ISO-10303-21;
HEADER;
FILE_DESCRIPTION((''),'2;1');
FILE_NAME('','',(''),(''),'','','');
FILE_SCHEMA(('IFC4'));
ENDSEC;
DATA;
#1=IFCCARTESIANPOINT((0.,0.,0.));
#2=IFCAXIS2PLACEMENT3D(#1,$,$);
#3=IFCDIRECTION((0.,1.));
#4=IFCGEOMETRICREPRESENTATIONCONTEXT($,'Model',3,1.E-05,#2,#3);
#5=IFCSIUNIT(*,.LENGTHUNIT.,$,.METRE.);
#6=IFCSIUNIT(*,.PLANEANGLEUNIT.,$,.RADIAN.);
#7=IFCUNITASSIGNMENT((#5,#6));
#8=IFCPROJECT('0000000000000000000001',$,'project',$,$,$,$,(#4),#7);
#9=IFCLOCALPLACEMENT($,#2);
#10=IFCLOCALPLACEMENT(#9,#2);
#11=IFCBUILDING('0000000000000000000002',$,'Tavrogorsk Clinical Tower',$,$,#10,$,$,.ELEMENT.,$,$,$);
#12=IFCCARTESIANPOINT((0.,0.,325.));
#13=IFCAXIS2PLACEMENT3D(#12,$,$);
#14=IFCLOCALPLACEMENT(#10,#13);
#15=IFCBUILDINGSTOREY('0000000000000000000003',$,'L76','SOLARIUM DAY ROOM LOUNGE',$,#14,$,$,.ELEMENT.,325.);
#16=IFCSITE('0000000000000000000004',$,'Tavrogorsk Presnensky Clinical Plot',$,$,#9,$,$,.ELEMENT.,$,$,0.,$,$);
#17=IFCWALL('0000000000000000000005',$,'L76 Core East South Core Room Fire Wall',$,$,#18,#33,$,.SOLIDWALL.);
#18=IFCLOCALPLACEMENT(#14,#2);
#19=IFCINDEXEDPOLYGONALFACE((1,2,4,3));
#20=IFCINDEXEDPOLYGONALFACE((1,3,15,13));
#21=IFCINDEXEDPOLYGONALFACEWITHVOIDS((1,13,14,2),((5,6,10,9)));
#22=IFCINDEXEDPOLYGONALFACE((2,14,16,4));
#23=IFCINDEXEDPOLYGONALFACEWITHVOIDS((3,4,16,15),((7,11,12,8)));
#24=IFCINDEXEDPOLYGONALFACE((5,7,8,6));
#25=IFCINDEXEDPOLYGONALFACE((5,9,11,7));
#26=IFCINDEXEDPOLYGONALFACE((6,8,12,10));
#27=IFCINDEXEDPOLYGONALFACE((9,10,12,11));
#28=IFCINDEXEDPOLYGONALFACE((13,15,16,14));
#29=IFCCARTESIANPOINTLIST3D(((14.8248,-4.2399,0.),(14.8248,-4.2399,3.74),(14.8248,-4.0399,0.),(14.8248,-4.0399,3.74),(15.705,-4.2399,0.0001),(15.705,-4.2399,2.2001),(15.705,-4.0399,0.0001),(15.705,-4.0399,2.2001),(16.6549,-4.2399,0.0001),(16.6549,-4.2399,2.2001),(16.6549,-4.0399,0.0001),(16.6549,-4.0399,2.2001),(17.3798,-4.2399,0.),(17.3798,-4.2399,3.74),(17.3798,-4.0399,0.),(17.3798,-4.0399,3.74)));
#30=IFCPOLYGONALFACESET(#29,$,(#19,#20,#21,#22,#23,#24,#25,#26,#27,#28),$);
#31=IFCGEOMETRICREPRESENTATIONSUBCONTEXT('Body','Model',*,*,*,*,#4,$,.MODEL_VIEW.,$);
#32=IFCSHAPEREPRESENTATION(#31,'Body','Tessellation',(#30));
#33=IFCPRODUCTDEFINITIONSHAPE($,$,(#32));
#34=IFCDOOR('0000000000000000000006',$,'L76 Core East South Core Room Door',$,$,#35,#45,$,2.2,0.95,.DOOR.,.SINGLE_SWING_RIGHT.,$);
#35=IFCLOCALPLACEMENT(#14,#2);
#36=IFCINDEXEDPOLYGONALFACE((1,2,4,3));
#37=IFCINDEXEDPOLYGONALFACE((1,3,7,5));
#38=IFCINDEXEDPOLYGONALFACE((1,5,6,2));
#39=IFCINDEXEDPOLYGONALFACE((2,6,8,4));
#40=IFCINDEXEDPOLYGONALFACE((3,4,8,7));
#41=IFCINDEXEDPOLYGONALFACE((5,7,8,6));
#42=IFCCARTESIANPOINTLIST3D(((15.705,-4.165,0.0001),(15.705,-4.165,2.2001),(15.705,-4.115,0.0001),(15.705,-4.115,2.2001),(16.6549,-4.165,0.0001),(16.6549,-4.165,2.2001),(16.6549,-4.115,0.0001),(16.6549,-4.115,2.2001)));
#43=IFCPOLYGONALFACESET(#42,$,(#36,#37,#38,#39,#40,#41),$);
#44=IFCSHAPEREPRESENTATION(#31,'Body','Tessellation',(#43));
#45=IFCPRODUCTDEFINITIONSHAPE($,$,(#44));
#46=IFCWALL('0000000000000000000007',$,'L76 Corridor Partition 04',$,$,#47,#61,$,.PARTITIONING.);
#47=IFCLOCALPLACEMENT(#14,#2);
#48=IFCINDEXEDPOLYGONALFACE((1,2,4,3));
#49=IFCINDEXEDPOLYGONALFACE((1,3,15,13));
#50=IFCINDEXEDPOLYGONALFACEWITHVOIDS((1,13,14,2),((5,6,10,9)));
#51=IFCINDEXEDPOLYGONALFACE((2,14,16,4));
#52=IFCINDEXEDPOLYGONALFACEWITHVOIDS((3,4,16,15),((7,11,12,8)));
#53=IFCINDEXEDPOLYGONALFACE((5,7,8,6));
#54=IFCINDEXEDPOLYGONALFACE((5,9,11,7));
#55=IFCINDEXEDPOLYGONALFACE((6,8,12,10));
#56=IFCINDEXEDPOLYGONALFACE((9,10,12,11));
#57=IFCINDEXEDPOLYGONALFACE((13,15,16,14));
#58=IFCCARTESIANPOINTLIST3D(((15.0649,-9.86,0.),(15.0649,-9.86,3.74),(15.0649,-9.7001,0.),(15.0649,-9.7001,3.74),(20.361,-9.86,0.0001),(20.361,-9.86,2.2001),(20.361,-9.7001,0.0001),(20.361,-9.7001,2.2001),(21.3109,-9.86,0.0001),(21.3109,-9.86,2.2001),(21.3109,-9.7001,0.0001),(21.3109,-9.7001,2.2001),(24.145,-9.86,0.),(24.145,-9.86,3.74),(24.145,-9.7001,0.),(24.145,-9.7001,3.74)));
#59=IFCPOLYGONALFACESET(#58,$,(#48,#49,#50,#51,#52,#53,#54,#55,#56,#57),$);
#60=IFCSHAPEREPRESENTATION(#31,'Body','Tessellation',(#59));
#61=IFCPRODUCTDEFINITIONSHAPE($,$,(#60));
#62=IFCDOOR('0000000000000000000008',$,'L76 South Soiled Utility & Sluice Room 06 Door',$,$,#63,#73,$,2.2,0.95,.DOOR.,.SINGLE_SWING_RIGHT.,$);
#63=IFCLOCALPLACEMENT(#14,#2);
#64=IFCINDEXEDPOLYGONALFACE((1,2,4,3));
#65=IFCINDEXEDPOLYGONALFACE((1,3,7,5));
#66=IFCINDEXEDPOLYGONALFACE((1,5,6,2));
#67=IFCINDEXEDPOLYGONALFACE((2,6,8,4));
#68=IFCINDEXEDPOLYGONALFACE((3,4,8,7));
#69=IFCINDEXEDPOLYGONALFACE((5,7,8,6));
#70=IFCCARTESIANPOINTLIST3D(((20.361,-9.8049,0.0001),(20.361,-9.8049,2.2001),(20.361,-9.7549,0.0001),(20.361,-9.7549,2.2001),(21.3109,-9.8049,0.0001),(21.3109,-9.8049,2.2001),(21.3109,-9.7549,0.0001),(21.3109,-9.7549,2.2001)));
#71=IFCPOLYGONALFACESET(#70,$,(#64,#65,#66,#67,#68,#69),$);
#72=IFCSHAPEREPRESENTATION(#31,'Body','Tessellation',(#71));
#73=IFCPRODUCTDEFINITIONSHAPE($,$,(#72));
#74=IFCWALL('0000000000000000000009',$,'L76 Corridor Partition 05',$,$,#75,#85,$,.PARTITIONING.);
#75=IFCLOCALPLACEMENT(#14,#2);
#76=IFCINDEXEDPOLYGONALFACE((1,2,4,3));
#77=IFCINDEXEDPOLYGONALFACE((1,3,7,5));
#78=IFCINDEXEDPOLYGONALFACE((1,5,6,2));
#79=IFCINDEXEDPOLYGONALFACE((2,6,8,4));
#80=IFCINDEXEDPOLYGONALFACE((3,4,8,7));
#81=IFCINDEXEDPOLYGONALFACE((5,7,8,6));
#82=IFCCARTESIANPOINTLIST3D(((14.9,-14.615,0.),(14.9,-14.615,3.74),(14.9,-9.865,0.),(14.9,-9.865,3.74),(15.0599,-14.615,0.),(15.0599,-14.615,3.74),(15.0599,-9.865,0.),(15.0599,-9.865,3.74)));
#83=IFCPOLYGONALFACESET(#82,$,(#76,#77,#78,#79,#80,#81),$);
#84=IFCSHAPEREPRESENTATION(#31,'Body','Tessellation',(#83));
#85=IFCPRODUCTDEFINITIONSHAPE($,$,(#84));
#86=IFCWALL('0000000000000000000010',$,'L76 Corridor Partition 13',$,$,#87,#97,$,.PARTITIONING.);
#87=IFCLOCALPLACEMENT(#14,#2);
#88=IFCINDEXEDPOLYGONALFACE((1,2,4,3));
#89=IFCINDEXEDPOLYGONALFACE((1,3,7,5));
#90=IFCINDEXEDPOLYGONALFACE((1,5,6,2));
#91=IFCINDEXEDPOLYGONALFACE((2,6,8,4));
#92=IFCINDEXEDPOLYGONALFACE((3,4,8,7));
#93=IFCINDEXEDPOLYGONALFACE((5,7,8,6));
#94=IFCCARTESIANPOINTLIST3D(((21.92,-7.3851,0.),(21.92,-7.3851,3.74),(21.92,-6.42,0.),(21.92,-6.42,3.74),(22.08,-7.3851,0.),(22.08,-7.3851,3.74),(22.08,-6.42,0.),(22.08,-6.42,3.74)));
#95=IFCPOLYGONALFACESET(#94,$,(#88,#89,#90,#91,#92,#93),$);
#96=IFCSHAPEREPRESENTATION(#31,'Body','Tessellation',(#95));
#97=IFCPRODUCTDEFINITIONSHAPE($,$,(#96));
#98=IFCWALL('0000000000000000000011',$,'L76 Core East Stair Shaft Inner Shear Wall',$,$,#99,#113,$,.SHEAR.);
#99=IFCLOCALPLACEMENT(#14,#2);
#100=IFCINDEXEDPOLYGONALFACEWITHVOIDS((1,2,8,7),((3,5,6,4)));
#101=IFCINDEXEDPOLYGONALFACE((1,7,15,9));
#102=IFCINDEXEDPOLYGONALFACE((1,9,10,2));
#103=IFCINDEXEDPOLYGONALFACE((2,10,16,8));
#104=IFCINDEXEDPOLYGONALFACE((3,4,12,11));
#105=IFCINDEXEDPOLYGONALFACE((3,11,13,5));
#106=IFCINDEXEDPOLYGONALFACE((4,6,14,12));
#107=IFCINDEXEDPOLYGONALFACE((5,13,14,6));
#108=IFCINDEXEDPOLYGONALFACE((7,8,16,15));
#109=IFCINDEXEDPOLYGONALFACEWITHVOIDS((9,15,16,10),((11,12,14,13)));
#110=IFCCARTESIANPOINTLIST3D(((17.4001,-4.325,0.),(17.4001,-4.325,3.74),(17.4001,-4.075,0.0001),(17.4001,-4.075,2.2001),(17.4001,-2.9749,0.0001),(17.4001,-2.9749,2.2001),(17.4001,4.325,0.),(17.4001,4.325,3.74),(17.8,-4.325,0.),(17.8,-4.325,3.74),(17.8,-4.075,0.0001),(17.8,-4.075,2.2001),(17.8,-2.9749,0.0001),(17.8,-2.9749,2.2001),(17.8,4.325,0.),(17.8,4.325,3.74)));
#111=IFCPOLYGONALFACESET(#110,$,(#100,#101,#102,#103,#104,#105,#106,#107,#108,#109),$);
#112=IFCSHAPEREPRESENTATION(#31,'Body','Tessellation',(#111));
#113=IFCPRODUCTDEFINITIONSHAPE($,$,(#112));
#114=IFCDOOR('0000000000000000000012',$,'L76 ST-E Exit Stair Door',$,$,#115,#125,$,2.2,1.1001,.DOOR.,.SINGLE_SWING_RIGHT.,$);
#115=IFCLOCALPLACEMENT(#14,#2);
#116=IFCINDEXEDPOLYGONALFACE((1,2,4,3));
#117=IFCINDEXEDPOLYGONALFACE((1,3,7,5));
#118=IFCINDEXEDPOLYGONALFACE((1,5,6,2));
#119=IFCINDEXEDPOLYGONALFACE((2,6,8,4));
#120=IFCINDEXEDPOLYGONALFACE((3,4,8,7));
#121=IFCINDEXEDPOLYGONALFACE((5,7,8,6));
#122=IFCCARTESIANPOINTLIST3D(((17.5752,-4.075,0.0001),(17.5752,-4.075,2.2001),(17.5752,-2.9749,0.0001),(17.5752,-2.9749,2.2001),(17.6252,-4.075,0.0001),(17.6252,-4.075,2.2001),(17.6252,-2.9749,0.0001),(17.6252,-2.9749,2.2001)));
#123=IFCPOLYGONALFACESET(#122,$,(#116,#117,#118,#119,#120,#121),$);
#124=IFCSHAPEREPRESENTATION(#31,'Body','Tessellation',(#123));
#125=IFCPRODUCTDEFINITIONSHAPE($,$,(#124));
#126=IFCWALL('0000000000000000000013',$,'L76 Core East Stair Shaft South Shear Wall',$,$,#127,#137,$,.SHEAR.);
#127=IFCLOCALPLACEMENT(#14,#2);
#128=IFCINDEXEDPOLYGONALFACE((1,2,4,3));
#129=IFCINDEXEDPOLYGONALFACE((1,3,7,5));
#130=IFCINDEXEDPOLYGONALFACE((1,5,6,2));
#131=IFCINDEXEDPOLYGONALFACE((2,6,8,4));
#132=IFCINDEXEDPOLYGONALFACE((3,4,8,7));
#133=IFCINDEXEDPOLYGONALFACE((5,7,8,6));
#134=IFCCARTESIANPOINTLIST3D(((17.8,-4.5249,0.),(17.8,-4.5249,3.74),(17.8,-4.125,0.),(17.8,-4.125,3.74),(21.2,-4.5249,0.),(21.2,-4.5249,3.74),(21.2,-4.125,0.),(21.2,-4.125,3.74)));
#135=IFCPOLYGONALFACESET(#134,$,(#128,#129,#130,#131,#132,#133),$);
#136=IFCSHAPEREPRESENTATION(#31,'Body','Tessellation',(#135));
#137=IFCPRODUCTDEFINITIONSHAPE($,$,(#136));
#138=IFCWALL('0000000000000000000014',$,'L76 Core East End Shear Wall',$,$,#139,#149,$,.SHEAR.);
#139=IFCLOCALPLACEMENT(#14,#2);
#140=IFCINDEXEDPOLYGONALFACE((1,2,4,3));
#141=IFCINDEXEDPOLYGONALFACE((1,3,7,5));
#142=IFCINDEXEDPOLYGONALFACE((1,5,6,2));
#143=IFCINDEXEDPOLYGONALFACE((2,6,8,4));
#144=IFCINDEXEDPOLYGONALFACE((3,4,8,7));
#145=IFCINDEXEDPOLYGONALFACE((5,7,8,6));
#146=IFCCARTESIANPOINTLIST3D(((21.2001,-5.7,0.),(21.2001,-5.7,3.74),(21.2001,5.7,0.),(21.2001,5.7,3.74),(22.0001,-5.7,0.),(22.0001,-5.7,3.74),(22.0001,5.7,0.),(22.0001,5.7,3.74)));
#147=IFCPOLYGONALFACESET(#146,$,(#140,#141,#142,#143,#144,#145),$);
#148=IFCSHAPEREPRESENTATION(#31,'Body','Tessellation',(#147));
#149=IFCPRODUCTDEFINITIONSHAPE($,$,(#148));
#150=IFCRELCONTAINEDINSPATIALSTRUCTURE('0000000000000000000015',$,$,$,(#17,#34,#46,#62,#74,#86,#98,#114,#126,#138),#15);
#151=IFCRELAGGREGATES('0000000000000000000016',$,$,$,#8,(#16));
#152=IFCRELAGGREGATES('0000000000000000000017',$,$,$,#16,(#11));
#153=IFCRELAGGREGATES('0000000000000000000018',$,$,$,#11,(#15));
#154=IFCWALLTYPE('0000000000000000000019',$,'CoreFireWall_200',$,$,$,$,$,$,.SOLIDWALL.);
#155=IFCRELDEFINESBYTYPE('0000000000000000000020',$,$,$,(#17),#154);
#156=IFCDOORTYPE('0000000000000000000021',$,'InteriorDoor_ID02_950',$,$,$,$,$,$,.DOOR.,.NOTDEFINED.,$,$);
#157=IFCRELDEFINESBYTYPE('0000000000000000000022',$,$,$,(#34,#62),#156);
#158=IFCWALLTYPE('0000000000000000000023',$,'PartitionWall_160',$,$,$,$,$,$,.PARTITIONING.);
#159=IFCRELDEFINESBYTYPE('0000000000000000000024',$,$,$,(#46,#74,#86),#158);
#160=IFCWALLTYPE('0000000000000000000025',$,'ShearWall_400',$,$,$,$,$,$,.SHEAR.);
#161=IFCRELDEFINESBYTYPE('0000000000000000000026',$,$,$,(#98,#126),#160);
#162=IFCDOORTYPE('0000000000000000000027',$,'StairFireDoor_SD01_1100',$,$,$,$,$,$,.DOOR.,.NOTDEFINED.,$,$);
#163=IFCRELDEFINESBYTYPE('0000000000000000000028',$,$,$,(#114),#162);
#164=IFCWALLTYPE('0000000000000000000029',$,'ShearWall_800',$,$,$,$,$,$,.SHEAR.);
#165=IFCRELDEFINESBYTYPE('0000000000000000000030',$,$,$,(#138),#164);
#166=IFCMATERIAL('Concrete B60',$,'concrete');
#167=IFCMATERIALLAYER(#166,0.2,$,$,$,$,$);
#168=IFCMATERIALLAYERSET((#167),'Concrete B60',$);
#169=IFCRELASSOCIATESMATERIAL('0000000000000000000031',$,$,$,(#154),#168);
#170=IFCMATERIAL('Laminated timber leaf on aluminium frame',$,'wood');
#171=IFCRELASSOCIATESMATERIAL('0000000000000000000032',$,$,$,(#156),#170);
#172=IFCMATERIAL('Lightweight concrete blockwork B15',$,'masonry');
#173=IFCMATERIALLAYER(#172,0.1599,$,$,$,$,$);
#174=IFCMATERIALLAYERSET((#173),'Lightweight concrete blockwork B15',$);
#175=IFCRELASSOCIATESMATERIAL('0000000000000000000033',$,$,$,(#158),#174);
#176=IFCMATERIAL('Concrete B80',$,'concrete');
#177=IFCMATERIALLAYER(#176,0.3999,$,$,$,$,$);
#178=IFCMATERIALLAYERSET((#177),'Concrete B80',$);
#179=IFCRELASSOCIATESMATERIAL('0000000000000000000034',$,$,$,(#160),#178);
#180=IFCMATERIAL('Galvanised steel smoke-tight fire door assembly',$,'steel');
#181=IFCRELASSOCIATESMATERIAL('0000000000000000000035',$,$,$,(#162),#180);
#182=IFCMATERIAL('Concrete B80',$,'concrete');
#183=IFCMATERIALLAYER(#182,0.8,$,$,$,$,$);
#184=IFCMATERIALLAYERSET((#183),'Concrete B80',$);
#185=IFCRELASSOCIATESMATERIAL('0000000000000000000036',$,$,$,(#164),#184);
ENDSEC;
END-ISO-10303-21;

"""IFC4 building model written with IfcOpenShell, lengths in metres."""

from ifc_helpers import new_model, si_unit, direction, frame, frame_2d, origin, place, context, subcontext, project, spatial, rectangle, extrude, material, layer, layer_set, type_object, element, fill, save


model = new_model("IFC4")

# Units and contexts
model_context = context("Model", 3, precision=1e-05, world=origin(), true_north=direction((0.0, 1.0)))
body_context = subcontext(model_context, "Body", "Model", "MODEL_VIEW")
ifc_project = project(units=[si_unit("LENGTHUNIT", "METRE"), si_unit("PLANEANGLEUNIT", "RADIAN")], contexts=[model_context])

# Site, building, storey
site_placement = place(None, origin())
site = spatial("IfcSite", under=ifc_project, at=site_placement, Name="Tavrogorsk Presnensky Clinical Plot", CompositionType="ELEMENT", RefElevation=0.0)
building_placement = place(site_placement, origin())
building = spatial("IfcBuilding", under=site, at=building_placement, Name="Tavrogorsk Clinical Tower", CompositionType="ELEMENT")
storey_placement = place(building_placement, frame((0.0, 0.0, 325.0)))
storey = spatial("IfcBuildingStorey", under=building, at=storey_placement, Name="L76", Description="SOLARIUM DAY ROOM LOUNGE", CompositionType="ELEMENT", Elevation=325.0)

# Walls, openings, doors
ifc_material_1 = material(Name="Concrete B60", Category="concrete")
ifc_layer_1 = layer(ifc_material_1, 0.2)
ifc_layer_set_1 = layer_set([ifc_layer_1], Name="Concrete B60")
wall_type_1 = type_object("IfcWallType", Name="CoreFireWall_200", PredefinedType="SOLIDWALL", material=ifc_layer_set_1)
wall_1_placement = place(storey_placement, frame((14.825, -4.1399, 0.0), z_axis=(0.0, 0.0, 1.0), x_axis=(1.0, 0.0, 0.0)))
wall_1 = element("IfcWall", 1, at=wall_1_placement, inside=storey, type_object=wall_type_1, Name="L76 Core East South Core Room Fire Wall", PredefinedType="SOLIDWALL", context=body_context, shape_type="SweptSolid", body=[
    extrude(rectangle(XDim=2.5549, YDim=0.2, at=frame_2d((1.2773, 0.0))), origin(), (0.0, 0.0, 1.0), 3.74),
])
opening_1_placement = place(wall_1_placement, frame((0.8799, 0.0, 0.0)))
opening_1 = element("IfcOpeningElement", 2, at=opening_1_placement, cuts=wall_1, PredefinedType="OPENING", context=body_context, shape_type="SweptSolid", body=[
    extrude(rectangle(XDim=0.95, YDim=2.2, at=frame_2d((0.4751, 1.1001))), frame((0.0, 0.1099, 0.0), z_axis=(0.0, -1.0, 0.0), x_axis=(1.0, 0.0, 0.0)), (0.0, 0.0, 1.0), 0.22),
])
ifc_material_2 = material(Name="Laminated timber leaf on aluminium frame", Category="wood")
door_type_1 = type_object("IfcDoorType", Name="InteriorDoor_ID02_950", OperationType="NOTDEFINED", PredefinedType="DOOR", material=ifc_material_2)
door_1_placement = place(opening_1_placement, origin())
door_1 = element("IfcDoor", 3, at=door_1_placement, inside=storey, type_object=door_type_1, Name="L76 Core East South Core Room Door", OperationType="SINGLE_SWING_RIGHT", OverallHeight=2.2, OverallWidth=0.95, PredefinedType="DOOR", context=body_context, shape_type="SweptSolid", body=[
    extrude(rectangle(XDim=0.95, YDim=2.2, at=frame_2d((0.4751, 1.1001))), frame((0.0, 0.0249, 0.0), z_axis=(0.0, -1.0, 0.0), x_axis=(1.0, 0.0, 0.0)), (0.0, 0.0, 1.0), 0.05),
])
fill(opening_1, door_1)
ifc_material_3 = material(Name="Lightweight concrete blockwork B15", Category="masonry")
ifc_layer_2 = layer(ifc_material_3, 0.1599)
ifc_layer_set_2 = layer_set([ifc_layer_2], Name="Lightweight concrete blockwork B15")
wall_type_2 = type_object("IfcWallType", Name="PartitionWall_160", PredefinedType="PARTITIONING", material=ifc_layer_set_2)
wall_2_placement = place(storey_placement, frame((24.145, -9.78, 0.0), z_axis=(0.0, 0.0, 1.0), x_axis=(-1.0, 0.0, 0.0)))
wall_2 = element("IfcWall", 4, at=wall_2_placement, inside=storey, type_object=wall_type_2, Name="L76 Corridor Partition 04", PredefinedType="PARTITIONING", context=body_context, shape_type="SweptSolid", body=[
    extrude(rectangle(XDim=9.0801, YDim=0.1599, at=frame_2d((4.54, 0.0))), origin(), (0.0, 0.0, 1.0), 3.74),
])
opening_2_placement = place(wall_2_placement, frame((2.834, 0.0, 0.0)))
opening_2 = element("IfcOpeningElement", 5, at=opening_2_placement, cuts=wall_2, PredefinedType="OPENING", context=body_context, shape_type="SweptSolid", body=[
    extrude(rectangle(XDim=0.95, YDim=2.2, at=frame_2d((0.4751, 1.1001))), frame((0.0, 0.0898, 0.0), z_axis=(0.0, -1.0, 0.0), x_axis=(1.0, 0.0, 0.0)), (0.0, 0.0, 1.0), 0.1799),
])
door_2_placement = place(opening_2_placement, origin())
door_2 = element("IfcDoor", 6, at=door_2_placement, inside=storey, type_object=door_type_1, Name="L76 South Soiled Utility & Sluice Room 06 Door", OperationType="SINGLE_SWING_RIGHT", OverallHeight=2.2, OverallWidth=0.95, PredefinedType="DOOR", context=body_context, shape_type="SweptSolid", body=[
    extrude(rectangle(XDim=0.95, YDim=2.2, at=frame_2d((0.4751, 1.1001))), frame((0.0, 0.0249, 0.0), z_axis=(0.0, -1.0, 0.0), x_axis=(1.0, 0.0, 0.0)), (0.0, 0.0, 1.0), 0.05),
])
fill(opening_2, door_2)

# Walls
wall_3_placement = place(storey_placement, frame((14.98, -9.865, 0.0), z_axis=(0.0, 0.0, 1.0), x_axis=(0.0, -1.0, 0.0)))
element("IfcWall", 7, at=wall_3_placement, inside=storey, type_object=wall_type_2, Name="L76 Corridor Partition 05", PredefinedType="PARTITIONING", context=body_context, shape_type="SweptSolid", body=[
    extrude(rectangle(XDim=4.75, YDim=0.1599, at=frame_2d((2.375, 0.0))), origin(), (0.0, 0.0, 1.0), 3.74),
])
wall_4_placement = place(storey_placement, frame((22.0, -7.385, 0.0), z_axis=(0.0, 0.0, 1.0), x_axis=(0.0, 1.0, 0.0)))
element("IfcWall", 8, at=wall_4_placement, inside=storey, type_object=wall_type_2, Name="L76 Corridor Partition 13", PredefinedType="PARTITIONING", context=body_context, shape_type="SweptSolid", body=[
    extrude(rectangle(XDim=0.9651, YDim=0.1599, at=frame_2d((0.4824, 0.0))), origin(), (0.0, 0.0, 1.0), 3.74),
])

# Wall, opening, door
ifc_material_4 = material(Name="Concrete B80", Category="concrete")
ifc_layer_3 = layer(ifc_material_4, 0.3999)
ifc_layer_set_3 = layer_set([ifc_layer_3], Name="Concrete B80")
wall_type_3 = type_object("IfcWallType", Name="ShearWall_400", PredefinedType="SHEAR", material=ifc_layer_set_3)
wall_5_placement = place(storey_placement, frame((17.6001, -4.325, 0.0), z_axis=(0.0, 0.0, 1.0), x_axis=(0.0, 1.0, 0.0)))
wall_5 = element("IfcWall", 9, at=wall_5_placement, inside=storey, type_object=wall_type_3, Name="L76 Core East Stair Shaft Inner Shear Wall", PredefinedType="SHEAR", context=body_context, shape_type="SweptSolid", body=[
    extrude(rectangle(XDim=8.6499, YDim=0.3999, at=frame_2d((4.325, 0.0))), origin(), (0.0, 0.0, 1.0), 3.74),
])
opening_3_placement = place(wall_5_placement, frame((0.25, 0.0, 0.0)))
opening_3 = element("IfcOpeningElement", 10, at=opening_3_placement, cuts=wall_5, PredefinedType="OPENING", context=body_context, shape_type="SweptSolid", body=[
    extrude(rectangle(XDim=1.1001, YDim=2.2, at=frame_2d((0.55, 1.1001))), frame((0.0, 0.21, 0.0), z_axis=(0.0, -1.0, 0.0), x_axis=(1.0, 0.0, 0.0)), (0.0, 0.0, 1.0), 0.4199),
])
ifc_material_5 = material(Name="Galvanised steel smoke-tight fire door assembly", Category="steel")
door_type_2 = type_object("IfcDoorType", Name="StairFireDoor_SD01_1100", OperationType="NOTDEFINED", PredefinedType="DOOR", material=ifc_material_5)
door_3_placement = place(opening_3_placement, origin())
door_3 = element("IfcDoor", 11, at=door_3_placement, inside=storey, type_object=door_type_2, Name="L76 ST-E Exit Stair Door", OperationType="SINGLE_SWING_RIGHT", OverallHeight=2.2, OverallWidth=1.1001, PredefinedType="DOOR", context=body_context, shape_type="SweptSolid", body=[
    extrude(rectangle(XDim=1.1001, YDim=2.2, at=frame_2d((0.55, 1.1001))), frame((0.0, 0.0249, 0.0), z_axis=(0.0, -1.0, 0.0), x_axis=(1.0, 0.0, 0.0)), (0.0, 0.0, 1.0), 0.05),
])
fill(opening_3, door_3)

# Walls
wall_6_placement = place(storey_placement, frame((17.8, -4.325, 0.0), z_axis=(0.0, 0.0, 1.0), x_axis=(1.0, 0.0, 0.0)))
element("IfcWall", 12, at=wall_6_placement, inside=storey, type_object=wall_type_3, Name="L76 Core East Stair Shaft South Shear Wall", PredefinedType="SHEAR", context=body_context, shape_type="SweptSolid", body=[
    extrude(rectangle(XDim=3.3999, YDim=0.3999, at=frame_2d((1.7, 0.0))), origin(), (0.0, 0.0, 1.0), 3.74),
])
ifc_material_6 = material(Name="Concrete B80", Category="concrete")
ifc_layer_4 = layer(ifc_material_6, 0.8)
ifc_layer_set_4 = layer_set([ifc_layer_4], Name="Concrete B80")
wall_type_4 = type_object("IfcWallType", Name="ShearWall_800", PredefinedType="SHEAR", material=ifc_layer_set_4)
wall_7_placement = place(storey_placement, frame((21.6001, -5.7, 0.0), z_axis=(0.0, 0.0, 1.0), x_axis=(0.0, 1.0, 0.0)))
element("IfcWall", 13, at=wall_7_placement, inside=storey, type_object=wall_type_4, Name="L76 Core East End Shear Wall", PredefinedType="SHEAR", context=body_context, shape_type="SweptSolid", body=[
    extrude(rectangle(XDim=11.3999, YDim=0.8, at=frame_2d((5.7, 0.0))), origin(), (0.0, 0.0, 1.0), 3.74),
])

save(model, "model.ifc")
